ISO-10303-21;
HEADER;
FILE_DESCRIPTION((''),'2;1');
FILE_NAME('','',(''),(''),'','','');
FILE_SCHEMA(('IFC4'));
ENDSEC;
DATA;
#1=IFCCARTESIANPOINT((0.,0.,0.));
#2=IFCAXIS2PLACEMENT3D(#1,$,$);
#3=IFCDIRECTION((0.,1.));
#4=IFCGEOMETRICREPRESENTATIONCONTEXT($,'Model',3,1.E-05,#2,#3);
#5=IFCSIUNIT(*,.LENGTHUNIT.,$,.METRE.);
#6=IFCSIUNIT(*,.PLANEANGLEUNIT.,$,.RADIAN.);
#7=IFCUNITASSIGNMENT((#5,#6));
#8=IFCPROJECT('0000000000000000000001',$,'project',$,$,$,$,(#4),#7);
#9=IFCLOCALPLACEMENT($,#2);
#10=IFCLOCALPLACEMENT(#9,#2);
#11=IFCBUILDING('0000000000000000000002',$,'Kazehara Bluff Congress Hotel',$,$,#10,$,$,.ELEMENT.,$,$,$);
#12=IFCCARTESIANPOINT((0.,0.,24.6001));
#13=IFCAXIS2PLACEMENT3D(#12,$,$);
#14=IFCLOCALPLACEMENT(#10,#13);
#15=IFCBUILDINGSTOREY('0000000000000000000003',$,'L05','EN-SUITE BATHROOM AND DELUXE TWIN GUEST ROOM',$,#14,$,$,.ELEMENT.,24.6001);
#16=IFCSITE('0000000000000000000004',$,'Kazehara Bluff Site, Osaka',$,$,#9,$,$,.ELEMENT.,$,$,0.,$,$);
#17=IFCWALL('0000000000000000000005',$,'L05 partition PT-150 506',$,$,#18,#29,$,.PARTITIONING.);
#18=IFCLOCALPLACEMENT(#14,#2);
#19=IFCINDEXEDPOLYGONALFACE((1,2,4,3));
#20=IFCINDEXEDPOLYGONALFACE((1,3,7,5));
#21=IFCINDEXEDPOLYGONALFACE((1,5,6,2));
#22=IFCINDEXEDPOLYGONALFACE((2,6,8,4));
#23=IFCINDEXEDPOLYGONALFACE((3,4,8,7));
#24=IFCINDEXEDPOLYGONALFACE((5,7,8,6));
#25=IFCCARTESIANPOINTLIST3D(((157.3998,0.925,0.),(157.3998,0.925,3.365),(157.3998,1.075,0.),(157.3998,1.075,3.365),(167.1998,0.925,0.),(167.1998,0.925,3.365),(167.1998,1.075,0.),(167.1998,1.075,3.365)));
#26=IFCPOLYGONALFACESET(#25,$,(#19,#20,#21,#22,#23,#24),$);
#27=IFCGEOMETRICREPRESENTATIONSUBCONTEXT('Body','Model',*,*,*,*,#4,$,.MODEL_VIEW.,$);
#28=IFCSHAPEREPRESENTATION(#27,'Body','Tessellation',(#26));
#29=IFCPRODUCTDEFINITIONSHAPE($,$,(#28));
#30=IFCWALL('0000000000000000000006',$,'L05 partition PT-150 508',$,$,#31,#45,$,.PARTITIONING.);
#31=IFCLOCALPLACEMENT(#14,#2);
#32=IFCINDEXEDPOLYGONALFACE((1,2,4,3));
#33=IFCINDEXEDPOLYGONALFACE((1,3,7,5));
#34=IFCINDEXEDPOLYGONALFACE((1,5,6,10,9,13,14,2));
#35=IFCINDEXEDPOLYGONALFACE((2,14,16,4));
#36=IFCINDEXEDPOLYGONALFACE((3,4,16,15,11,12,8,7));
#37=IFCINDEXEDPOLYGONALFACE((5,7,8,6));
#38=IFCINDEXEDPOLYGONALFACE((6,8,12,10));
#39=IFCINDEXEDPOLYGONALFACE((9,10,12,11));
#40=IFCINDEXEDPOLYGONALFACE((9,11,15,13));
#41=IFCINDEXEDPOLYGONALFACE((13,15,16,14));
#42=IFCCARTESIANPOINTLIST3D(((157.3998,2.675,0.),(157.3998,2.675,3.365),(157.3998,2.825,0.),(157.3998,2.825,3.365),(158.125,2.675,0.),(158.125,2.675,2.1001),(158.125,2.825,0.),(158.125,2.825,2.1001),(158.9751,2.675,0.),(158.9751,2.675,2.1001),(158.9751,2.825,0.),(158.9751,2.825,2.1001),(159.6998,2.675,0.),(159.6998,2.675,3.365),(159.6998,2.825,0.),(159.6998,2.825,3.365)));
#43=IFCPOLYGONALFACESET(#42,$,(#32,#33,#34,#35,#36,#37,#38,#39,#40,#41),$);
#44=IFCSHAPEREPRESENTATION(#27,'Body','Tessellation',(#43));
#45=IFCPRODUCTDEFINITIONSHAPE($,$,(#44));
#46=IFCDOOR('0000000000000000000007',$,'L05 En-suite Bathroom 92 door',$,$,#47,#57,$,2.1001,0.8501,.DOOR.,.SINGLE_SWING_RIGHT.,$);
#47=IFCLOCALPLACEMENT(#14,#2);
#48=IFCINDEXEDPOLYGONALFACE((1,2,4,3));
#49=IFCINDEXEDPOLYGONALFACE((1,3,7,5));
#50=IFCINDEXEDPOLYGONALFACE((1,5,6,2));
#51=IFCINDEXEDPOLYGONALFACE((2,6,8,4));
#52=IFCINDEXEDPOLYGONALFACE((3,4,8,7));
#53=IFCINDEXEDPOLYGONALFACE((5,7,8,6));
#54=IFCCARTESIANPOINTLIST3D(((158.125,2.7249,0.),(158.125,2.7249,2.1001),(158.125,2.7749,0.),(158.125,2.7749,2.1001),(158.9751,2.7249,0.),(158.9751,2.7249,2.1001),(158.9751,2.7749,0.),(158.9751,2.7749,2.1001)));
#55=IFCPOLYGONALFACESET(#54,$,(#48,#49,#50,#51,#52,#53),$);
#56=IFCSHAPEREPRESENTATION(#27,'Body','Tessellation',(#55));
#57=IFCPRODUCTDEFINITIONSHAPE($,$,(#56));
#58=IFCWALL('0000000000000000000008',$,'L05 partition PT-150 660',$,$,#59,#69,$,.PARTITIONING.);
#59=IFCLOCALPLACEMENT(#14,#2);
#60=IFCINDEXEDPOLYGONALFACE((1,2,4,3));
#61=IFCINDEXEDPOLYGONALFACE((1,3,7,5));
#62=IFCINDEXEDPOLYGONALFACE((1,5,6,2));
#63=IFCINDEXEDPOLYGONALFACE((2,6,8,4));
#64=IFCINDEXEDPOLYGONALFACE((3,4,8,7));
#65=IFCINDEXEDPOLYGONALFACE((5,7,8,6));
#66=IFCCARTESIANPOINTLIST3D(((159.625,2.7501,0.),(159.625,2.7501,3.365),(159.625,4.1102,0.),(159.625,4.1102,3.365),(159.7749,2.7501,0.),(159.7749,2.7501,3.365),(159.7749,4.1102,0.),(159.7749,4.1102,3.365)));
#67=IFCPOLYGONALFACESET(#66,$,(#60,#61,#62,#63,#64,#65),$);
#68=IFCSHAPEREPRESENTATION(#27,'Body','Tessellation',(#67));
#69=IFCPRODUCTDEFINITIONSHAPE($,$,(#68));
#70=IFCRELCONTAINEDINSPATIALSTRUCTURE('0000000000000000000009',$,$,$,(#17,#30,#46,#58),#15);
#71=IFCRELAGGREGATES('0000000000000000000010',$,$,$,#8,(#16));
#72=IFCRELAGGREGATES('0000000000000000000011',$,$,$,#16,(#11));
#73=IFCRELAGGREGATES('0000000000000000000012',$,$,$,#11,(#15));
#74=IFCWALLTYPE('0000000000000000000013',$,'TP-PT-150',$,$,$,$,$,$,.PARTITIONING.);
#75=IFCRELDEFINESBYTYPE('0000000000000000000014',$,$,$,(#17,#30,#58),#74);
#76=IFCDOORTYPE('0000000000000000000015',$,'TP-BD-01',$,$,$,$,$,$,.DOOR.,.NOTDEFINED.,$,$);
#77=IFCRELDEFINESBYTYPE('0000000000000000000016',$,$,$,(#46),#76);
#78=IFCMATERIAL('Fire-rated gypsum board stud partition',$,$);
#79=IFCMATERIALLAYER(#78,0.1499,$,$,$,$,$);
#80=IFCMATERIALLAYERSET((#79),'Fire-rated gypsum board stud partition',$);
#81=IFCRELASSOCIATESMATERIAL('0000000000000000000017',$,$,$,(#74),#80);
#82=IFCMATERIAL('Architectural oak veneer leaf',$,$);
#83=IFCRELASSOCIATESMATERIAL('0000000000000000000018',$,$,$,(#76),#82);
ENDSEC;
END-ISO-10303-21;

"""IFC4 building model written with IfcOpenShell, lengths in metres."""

from ifc_helpers import new_model, si_unit, direction, frame, frame_2d, origin, place, context, subcontext, project, spatial, rectangle, extrude, material, layer, layer_set, type_object, element, fill, save


model = new_model("IFC4")

# Units and contexts
model_context = context("Model", 3, precision=1e-05, world=origin(), true_north=direction((0.0, 1.0)))
body_context = subcontext(model_context, "Body", "Model", "MODEL_VIEW")
ifc_project = project(units=[si_unit("LENGTHUNIT", "METRE"), si_unit("PLANEANGLEUNIT", "RADIAN")], contexts=[model_context])

# Site, building, storey
site_placement = place(None, origin())
site = spatial("IfcSite", under=ifc_project, at=site_placement, Name="Kazehara Bluff Site, Osaka", CompositionType="ELEMENT", RefElevation=0.0)
building_placement = place(site_placement, origin())
building = spatial("IfcBuilding", under=site, at=building_placement, Name="Kazehara Bluff Congress Hotel", CompositionType="ELEMENT")
storey_placement = place(building_placement, frame((0.0, 0.0, 24.6001)))
storey = spatial("IfcBuildingStorey", under=building, at=storey_placement, Name="L05", Description="EN-SUITE BATHROOM AND DELUXE TWIN GUEST ROOM", CompositionType="ELEMENT", Elevation=24.6001)

# Wall
ifc_material_1 = material(Name="Fire-rated gypsum board stud partition")
ifc_layer = layer(ifc_material_1, 0.1499)
ifc_layer_set = layer_set([ifc_layer], Name="Fire-rated gypsum board stud partition")
wall_type = type_object("IfcWallType", Name="TP-PT-150", PredefinedType="PARTITIONING", material=ifc_layer_set)
wall_1_placement = place(storey_placement, frame((157.3999, 1.0, 0.0), z_axis=(0.0, 0.0, 1.0), x_axis=(1.0, 0.0, 0.0)))
element("IfcWall", 1, at=wall_1_placement, inside=storey, type_object=wall_type, Name="L05 partition PT-150 506", PredefinedType="PARTITIONING", context=body_context, shape_type="SweptSolid", body=[
    extrude(rectangle(XDim=9.8, YDim=0.1499, at=frame_2d((4.8999, 0.0))), origin(), (0.0, 0.0, 1.0), 3.365),
])

# Wall, opening, door
wall_2_placement = place(storey_placement, frame((157.3999, 2.75, 0.0), z_axis=(0.0, 0.0, 1.0), x_axis=(1.0, 0.0, 0.0)))
wall_2 = element("IfcWall", 2, at=wall_2_placement, inside=storey, type_object=wall_type, Name="L05 partition PT-150 508", PredefinedType="PARTITIONING", context=body_context, shape_type="SweptSolid", body=[
    extrude(rectangle(XDim=2.3, YDim=0.1499, at=frame_2d((1.1499, 0.0))), origin(), (0.0, 0.0, 1.0), 3.365),
])
opening_1_placement = place(wall_2_placement, frame((0.7251, 0.0, 0.0)))
opening_1 = element("IfcOpeningElement", 3, at=opening_1_placement, cuts=wall_2, PredefinedType="OPENING", context=body_context, shape_type="SweptSolid", body=[
    extrude(rectangle(XDim=0.8501, YDim=2.1001, at=frame_2d((0.425, 1.05))), frame((0.0, 0.085, 0.0), z_axis=(0.0, -1.0, 0.0), x_axis=(1.0, 0.0, 0.0)), (0.0, 0.0, 1.0), 0.1699),
])
ifc_material_2 = material(Name="Architectural oak veneer leaf")
door_type_1 = type_object("IfcDoorType", Name="TP-BD-01", OperationType="NOTDEFINED", PredefinedType="DOOR", material=ifc_material_2)
door_1_placement = place(opening_1_placement, origin())
door_1 = element("IfcDoor", 4, at=door_1_placement, inside=storey, type_object=door_type_1, Name="L05 En-suite Bathroom 92 door", OperationType="SINGLE_SWING_RIGHT", OverallHeight=2.1001, OverallWidth=0.8501, PredefinedType="DOOR", context=body_context, shape_type="SweptSolid", body=[
    extrude(rectangle(XDim=0.8501, YDim=2.1001, at=frame_2d((0.425, 1.05))), frame((0.0, 0.0249, 0.0), z_axis=(0.0, -1.0, 0.0), x_axis=(1.0, 0.0, 0.0)), (0.0, 0.0, 1.0), 0.05),
])
fill(opening_1, door_1)

# Wall
wall_3_placement = place(storey_placement, frame((159.7, 2.75, 0.0), z_axis=(0.0, 0.0, 1.0), x_axis=(0.0, 1.0, 0.0)))
element("IfcWall", 5, at=wall_3_placement, inside=storey, type_object=wall_type, Name="L05 partition PT-150 660", PredefinedType="PARTITIONING", context=body_context, shape_type="SweptSolid", body=[
    extrude(rectangle(XDim=1.3601, YDim=0.1499, at=frame_2d((0.6802, 0.0))), origin(), (0.0, 0.0, 1.0), 3.365),
])

save(model, "model.ifc")
